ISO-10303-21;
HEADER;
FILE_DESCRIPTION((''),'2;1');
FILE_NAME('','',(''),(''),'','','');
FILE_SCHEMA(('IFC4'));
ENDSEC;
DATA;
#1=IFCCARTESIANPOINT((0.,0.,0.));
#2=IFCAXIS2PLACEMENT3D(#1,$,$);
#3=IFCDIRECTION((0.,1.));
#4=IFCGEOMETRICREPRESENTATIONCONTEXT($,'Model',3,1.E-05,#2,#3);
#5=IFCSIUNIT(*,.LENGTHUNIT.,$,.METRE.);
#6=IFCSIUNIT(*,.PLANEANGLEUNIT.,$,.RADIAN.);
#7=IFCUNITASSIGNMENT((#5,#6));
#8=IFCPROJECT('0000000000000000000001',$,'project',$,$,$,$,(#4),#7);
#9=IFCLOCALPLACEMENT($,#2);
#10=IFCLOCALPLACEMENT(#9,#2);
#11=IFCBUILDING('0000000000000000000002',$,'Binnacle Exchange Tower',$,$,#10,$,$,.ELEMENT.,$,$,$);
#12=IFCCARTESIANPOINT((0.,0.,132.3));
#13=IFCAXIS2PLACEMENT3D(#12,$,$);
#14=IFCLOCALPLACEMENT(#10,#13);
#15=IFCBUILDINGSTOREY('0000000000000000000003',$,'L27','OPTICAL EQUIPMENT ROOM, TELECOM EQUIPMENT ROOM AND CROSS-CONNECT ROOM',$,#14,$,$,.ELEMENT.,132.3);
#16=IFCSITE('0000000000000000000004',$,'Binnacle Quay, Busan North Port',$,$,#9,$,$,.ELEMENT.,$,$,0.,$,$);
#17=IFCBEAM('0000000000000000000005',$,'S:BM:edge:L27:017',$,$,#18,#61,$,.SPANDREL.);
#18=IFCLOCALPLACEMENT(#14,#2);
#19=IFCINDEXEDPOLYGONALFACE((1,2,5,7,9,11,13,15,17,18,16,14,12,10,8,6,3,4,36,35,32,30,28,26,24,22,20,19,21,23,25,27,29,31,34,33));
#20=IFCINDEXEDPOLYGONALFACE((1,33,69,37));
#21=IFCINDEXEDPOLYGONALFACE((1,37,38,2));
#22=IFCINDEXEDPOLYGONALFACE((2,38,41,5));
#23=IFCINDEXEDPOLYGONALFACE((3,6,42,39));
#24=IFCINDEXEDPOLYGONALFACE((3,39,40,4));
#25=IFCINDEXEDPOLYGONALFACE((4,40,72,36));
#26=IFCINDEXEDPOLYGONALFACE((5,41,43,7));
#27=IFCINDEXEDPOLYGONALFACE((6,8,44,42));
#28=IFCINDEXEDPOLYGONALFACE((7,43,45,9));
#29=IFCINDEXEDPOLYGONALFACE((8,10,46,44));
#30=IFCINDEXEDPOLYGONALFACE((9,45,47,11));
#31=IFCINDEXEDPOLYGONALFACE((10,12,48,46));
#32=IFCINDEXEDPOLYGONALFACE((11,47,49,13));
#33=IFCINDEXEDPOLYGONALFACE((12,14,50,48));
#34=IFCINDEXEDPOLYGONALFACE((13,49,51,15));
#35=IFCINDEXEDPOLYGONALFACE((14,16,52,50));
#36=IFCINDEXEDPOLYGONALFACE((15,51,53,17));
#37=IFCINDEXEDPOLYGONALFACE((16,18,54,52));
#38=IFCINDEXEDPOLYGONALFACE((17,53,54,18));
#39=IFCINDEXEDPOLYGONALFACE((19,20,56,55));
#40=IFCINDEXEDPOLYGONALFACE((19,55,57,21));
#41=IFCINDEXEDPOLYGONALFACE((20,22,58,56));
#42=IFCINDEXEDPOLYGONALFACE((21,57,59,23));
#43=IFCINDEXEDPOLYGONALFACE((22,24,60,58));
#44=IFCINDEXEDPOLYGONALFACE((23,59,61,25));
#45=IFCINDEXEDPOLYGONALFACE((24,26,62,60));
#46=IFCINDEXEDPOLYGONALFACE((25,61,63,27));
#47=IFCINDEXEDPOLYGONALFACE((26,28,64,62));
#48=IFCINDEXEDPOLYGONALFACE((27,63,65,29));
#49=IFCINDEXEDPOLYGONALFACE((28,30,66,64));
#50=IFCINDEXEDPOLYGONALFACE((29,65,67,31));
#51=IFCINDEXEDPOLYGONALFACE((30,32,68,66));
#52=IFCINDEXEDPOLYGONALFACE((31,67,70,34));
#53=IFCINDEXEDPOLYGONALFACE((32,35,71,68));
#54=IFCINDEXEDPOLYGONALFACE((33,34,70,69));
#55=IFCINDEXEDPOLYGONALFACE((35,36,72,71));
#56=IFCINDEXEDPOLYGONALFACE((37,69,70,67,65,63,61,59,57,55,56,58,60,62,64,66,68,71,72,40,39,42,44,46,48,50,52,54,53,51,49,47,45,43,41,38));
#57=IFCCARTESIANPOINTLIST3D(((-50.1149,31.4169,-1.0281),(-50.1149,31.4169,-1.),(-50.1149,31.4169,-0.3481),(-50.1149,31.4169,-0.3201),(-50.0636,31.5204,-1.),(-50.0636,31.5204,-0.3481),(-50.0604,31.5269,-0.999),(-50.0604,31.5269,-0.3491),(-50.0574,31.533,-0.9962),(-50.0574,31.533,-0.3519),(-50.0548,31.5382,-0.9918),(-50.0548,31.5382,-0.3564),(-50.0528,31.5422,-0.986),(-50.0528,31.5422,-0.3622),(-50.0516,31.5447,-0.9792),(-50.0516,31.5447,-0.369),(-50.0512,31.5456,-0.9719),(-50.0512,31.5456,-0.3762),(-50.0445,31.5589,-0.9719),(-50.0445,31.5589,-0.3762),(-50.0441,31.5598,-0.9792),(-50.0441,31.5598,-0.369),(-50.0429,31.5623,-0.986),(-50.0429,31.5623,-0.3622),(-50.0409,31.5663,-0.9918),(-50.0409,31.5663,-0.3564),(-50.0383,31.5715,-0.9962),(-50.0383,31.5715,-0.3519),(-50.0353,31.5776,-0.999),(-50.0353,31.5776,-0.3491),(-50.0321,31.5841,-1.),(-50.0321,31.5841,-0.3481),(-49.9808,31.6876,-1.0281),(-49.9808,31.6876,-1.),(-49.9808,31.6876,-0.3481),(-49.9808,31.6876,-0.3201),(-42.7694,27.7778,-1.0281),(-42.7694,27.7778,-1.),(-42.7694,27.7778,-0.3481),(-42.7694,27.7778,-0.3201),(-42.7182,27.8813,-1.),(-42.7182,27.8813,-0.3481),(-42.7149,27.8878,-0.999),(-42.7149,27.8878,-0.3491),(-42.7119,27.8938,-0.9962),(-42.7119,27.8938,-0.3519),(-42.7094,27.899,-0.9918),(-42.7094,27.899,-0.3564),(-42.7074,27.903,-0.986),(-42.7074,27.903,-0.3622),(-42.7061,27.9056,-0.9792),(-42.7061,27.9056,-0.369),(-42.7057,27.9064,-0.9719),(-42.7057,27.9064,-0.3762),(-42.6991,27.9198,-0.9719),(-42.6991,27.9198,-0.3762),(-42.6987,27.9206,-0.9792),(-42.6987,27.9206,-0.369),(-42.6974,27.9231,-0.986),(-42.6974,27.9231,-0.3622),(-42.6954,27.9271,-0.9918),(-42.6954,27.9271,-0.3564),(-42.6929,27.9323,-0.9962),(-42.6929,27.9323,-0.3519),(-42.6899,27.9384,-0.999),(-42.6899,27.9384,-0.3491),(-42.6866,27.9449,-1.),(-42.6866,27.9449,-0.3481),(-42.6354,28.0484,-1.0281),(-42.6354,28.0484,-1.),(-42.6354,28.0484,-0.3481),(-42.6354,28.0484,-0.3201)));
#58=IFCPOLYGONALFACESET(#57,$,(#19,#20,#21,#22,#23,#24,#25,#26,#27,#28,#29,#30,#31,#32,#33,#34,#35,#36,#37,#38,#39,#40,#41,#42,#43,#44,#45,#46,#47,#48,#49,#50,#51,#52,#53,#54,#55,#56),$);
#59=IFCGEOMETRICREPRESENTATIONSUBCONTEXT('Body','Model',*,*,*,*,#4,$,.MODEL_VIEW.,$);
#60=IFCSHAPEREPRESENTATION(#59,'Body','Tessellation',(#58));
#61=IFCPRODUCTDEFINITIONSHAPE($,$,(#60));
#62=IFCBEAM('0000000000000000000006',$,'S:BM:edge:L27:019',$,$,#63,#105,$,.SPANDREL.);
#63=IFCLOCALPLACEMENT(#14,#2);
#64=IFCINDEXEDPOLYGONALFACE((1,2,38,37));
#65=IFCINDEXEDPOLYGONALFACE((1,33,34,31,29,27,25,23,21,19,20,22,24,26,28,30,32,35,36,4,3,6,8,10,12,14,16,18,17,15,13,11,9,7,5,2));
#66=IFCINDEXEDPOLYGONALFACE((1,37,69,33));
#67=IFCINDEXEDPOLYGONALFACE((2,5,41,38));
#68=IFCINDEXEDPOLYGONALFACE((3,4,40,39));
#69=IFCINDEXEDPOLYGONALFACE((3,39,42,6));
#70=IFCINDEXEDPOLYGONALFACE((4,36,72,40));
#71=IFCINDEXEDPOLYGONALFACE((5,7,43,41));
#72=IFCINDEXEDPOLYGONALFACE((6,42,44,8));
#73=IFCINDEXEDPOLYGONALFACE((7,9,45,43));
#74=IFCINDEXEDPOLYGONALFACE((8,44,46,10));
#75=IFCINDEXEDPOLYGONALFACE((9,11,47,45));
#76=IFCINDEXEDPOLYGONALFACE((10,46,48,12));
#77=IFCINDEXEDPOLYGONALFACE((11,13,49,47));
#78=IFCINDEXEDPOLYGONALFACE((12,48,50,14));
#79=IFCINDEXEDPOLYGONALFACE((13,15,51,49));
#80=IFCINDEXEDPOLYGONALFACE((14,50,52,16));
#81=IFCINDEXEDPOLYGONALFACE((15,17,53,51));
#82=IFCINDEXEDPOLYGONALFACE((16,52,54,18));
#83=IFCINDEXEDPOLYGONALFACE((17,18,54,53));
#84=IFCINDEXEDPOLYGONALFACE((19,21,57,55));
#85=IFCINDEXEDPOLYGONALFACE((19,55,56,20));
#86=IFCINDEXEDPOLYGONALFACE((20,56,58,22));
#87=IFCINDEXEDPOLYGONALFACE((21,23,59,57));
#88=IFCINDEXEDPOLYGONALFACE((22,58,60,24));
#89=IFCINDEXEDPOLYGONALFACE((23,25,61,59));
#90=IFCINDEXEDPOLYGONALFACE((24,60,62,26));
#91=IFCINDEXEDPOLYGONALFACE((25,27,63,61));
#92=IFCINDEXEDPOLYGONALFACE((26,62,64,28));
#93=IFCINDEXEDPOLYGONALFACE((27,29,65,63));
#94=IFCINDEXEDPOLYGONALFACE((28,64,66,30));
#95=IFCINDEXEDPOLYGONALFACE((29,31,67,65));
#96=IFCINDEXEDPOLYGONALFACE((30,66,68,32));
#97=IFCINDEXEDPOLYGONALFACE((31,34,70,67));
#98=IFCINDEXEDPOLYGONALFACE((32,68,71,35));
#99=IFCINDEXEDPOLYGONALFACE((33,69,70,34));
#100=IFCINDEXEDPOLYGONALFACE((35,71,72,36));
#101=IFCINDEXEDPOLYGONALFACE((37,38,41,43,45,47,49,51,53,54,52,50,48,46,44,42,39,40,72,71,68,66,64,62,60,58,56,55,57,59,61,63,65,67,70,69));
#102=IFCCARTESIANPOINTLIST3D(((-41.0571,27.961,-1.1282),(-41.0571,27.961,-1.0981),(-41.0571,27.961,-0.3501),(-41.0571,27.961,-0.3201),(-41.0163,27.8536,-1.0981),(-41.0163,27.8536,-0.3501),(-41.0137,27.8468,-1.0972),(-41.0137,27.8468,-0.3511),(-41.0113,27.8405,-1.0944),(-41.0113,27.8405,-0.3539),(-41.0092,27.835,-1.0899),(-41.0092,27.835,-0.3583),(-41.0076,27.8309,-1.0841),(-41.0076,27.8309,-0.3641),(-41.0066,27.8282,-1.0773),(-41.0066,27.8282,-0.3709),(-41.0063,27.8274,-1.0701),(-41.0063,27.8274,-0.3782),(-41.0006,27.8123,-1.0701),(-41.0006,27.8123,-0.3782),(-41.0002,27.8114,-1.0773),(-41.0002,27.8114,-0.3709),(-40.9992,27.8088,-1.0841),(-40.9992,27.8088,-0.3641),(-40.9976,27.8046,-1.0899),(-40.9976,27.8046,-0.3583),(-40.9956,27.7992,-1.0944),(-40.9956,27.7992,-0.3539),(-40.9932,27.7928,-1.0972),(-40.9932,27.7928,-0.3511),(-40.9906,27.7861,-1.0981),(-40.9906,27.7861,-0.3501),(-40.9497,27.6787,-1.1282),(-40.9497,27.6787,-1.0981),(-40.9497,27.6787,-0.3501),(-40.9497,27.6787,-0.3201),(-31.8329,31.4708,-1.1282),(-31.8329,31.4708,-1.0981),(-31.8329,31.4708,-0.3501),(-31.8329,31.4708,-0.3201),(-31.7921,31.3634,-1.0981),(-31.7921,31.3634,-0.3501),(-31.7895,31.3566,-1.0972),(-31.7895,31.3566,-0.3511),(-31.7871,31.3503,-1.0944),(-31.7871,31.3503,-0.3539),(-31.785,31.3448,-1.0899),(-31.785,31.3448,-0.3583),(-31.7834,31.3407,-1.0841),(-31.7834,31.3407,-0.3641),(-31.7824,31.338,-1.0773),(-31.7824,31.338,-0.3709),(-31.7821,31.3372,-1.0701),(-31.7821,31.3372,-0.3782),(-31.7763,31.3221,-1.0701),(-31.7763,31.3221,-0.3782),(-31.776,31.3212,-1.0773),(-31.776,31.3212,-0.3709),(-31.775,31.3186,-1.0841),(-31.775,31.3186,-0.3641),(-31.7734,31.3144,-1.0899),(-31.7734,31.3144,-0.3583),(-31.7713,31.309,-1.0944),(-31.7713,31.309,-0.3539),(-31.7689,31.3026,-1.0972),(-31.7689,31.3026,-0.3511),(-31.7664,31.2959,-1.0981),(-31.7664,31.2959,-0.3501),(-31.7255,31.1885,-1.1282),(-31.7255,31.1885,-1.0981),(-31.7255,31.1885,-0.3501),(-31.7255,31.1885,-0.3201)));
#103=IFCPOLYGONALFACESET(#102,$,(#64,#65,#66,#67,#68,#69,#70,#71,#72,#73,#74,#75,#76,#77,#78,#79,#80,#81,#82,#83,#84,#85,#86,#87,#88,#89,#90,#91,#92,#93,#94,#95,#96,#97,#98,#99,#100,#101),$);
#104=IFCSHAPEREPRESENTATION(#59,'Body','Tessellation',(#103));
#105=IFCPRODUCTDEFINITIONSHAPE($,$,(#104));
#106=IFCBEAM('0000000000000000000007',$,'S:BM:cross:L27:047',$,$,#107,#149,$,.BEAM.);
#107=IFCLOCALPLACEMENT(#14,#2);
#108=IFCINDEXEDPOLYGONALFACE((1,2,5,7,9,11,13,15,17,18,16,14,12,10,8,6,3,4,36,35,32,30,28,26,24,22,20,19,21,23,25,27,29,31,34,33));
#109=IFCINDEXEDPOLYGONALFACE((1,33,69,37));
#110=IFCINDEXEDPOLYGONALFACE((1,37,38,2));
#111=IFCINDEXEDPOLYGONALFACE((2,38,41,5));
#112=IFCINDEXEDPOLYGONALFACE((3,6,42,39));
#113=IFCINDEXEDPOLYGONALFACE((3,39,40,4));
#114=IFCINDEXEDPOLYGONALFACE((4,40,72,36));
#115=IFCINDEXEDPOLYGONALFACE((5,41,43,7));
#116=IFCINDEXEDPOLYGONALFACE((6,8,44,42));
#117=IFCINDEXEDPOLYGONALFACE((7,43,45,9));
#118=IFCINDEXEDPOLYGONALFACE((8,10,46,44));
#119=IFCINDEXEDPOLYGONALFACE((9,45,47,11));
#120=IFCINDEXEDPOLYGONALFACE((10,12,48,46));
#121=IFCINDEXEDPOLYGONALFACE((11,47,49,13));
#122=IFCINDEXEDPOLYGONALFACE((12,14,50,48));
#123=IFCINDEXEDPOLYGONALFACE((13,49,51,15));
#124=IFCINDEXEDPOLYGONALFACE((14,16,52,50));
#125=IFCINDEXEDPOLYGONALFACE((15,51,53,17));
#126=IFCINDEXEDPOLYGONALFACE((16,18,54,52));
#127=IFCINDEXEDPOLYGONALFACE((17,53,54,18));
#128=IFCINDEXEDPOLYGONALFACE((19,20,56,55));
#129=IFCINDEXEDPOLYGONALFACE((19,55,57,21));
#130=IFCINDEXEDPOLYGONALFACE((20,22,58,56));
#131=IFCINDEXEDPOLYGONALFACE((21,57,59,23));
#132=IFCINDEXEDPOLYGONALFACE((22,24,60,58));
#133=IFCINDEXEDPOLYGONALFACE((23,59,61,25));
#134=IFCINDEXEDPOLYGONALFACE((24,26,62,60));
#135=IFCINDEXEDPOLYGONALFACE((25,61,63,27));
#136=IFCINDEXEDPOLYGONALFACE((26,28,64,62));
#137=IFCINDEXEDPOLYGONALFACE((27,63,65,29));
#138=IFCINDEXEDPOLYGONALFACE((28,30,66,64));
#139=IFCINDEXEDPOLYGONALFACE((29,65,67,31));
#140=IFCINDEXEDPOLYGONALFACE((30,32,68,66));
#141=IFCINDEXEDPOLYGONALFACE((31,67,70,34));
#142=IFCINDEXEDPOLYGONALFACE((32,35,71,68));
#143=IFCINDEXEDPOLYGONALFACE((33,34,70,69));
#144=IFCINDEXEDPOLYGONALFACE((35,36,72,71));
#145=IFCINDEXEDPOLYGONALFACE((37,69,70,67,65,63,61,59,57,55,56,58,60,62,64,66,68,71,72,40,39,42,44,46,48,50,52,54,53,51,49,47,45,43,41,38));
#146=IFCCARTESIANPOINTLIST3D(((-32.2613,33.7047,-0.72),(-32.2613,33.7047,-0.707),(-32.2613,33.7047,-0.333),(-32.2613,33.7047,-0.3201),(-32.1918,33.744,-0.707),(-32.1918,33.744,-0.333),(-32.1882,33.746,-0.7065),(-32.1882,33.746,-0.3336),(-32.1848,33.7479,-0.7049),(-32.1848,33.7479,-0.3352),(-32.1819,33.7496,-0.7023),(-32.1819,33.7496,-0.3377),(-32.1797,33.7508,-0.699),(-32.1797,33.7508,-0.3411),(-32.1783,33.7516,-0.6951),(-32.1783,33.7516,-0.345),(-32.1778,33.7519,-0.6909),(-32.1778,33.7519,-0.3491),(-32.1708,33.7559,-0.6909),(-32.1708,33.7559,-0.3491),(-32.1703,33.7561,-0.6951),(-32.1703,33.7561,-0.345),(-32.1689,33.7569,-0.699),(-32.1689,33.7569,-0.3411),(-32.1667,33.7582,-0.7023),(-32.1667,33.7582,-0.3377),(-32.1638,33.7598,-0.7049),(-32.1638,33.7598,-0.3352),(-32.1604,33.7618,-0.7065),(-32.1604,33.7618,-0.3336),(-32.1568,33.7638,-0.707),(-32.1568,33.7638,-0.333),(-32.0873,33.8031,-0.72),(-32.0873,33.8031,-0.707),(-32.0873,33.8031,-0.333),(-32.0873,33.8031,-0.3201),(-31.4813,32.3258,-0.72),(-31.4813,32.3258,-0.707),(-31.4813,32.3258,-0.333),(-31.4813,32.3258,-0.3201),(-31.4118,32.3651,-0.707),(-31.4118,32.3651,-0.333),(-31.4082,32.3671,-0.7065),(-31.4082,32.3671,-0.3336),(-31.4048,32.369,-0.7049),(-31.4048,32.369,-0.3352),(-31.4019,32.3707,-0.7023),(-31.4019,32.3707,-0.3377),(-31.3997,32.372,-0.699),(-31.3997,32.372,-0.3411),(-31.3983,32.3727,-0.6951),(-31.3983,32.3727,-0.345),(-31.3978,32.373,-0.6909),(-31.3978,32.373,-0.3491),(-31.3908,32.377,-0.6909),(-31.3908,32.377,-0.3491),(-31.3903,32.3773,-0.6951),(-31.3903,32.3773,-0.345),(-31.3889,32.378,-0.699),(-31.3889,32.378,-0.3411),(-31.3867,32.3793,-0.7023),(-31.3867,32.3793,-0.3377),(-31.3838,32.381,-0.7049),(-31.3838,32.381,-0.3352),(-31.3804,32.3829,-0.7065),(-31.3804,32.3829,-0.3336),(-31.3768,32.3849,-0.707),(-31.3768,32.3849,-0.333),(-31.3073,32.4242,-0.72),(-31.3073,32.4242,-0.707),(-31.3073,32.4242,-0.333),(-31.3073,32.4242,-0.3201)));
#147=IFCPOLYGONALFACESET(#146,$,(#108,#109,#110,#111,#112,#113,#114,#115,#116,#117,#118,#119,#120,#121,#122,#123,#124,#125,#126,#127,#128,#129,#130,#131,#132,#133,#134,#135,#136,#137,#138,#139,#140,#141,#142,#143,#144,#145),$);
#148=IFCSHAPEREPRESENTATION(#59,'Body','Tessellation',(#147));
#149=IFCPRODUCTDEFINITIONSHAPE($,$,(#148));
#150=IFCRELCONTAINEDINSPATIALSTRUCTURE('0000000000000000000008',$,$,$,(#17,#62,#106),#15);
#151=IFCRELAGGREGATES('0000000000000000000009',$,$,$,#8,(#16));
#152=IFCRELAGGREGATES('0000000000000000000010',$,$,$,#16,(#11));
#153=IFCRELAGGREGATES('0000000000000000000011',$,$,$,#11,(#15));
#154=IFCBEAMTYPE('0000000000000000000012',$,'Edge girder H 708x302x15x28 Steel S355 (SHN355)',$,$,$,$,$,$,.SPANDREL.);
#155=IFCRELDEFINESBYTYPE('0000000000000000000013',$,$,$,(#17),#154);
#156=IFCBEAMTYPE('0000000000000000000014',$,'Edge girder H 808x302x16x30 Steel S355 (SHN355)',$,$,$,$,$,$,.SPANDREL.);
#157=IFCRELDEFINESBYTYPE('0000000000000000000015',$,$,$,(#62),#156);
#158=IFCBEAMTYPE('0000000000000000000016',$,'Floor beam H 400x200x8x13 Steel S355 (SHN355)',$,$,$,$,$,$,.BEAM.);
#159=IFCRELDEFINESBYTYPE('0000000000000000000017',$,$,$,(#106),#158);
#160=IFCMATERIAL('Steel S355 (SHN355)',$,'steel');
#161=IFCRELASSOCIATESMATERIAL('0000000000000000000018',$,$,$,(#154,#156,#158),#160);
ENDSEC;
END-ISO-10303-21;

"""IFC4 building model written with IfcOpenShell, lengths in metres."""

from ifc_helpers import new_model, si_unit, direction, frame, origin, origin_2d, place, context, subcontext, project, spatial, i_section, extrude, material, material_profile, profile_set, type_object, element, save


model = new_model("IFC4")

# Units and contexts
model_context = context("Model", 3, precision=1e-05, world=origin(), true_north=direction((0.0, 1.0)))
body_context = subcontext(model_context, "Body", "Model", "MODEL_VIEW")
ifc_project = project(units=[si_unit("LENGTHUNIT", "METRE"), si_unit("PLANEANGLEUNIT", "RADIAN")], contexts=[model_context])

# Site, building, storey
site_placement = place(None, origin())
site = spatial("IfcSite", under=ifc_project, at=site_placement, Name="Binnacle Quay, Busan North Port", CompositionType="ELEMENT", RefElevation=0.0)
building_placement = place(site_placement, origin())
building = spatial("IfcBuilding", under=site, at=building_placement, Name="Binnacle Exchange Tower", CompositionType="ELEMENT")
storey_placement = place(building_placement, frame((0.0, 0.0, 132.3)))
storey = spatial("IfcBuildingStorey", under=building, at=storey_placement, Name="L27", Description="OPTICAL EQUIPMENT ROOM, TELECOM EQUIPMENT ROOM AND CROSS-CONNECT ROOM", CompositionType="ELEMENT", Elevation=132.3)

# Beams
ifc_material_1 = material(Name="Steel S355 (SHN355)", Category="steel")
ifc_material_profile_1 = material_profile(ifc_material_1, i_section(OverallWidth=0.302, OverallDepth=0.708, WebThickness=0.0149, FlangeThickness=0.0281, FilletRadius=0.0281, at=origin_2d()), Name="H 708x302x15x28")
ifc_profile_set_1 = profile_set([ifc_material_profile_1], Name="Steel S355 (SHN355)")
beam_type_1 = type_object("IfcBeamType", Name="Edge girder H 708x302x15x28 Steel S355 (SHN355)", PredefinedType="SPANDREL", material=ifc_profile_set_1)
beam_1_placement = place(storey_placement, frame((-50.0479, 31.5522, -0.6741), z_axis=(0.896059, -0.443935, 0.0), x_axis=(0.443935, 0.896059, 0.0)))
element("IfcBeam", 1, at=beam_1_placement, inside=storey, type_object=beam_type_1, Name="S:BM:edge:L27:017", PredefinedType="SPANDREL", context=body_context, shape_type="SweptSolid", body=[
    extrude(i_section(OverallWidth=0.302, OverallDepth=0.708, WebThickness=0.0149, FlangeThickness=0.0281, FilletRadius=0.0281, at=origin_2d()), origin(), (0.0, 0.0, 1.0), 8.1975),
])
ifc_material_profile_2 = material_profile(ifc_material_1, i_section(OverallWidth=0.302, OverallDepth=0.8081, WebThickness=0.0161, FlangeThickness=0.03, FilletRadius=0.0281, at=origin_2d()), Name="H 808x302x16x30")
ifc_profile_set_2 = profile_set([ifc_material_profile_2], Name="Steel S355 (SHN355)")
beam_type_2 = type_object("IfcBeamType", Name="Edge girder H 808x302x16x30 Steel S355 (SHN355)", PredefinedType="SPANDREL", material=ifc_profile_set_2)
beam_2_placement = place(storey_placement, frame((-41.0034, 27.8198, -0.7241), z_axis=(0.934629, 0.355625, 0.0), x_axis=(-0.355625, 0.934629, 0.0)))
element("IfcBeam", 2, at=beam_2_placement, inside=storey, type_object=beam_type_2, Name="S:BM:edge:L27:019", PredefinedType="SPANDREL", context=body_context, shape_type="SweptSolid", body=[
    extrude(i_section(OverallWidth=0.302, OverallDepth=0.8081, WebThickness=0.0161, FlangeThickness=0.03, FilletRadius=0.0281, at=origin_2d()), origin(), (0.0, 0.0, 1.0), 9.8694),
])
ifc_material_profile_3 = material_profile(ifc_material_1, i_section(OverallWidth=0.2, OverallDepth=0.3999, WebThickness=0.0081, FlangeThickness=0.0129, FilletRadius=0.0161, at=origin_2d()), Name="H 400x200x8x13")
ifc_profile_set_3 = profile_set([ifc_material_profile_3], Name="Steel S355 (SHN355)")
beam_type_3 = type_object("IfcBeamType", Name="Floor beam H 400x200x8x13 Steel S355 (SHN355)", PredefinedType="BEAM", material=ifc_profile_set_3)
beam_3_placement = place(storey_placement, frame((-31.3943, 32.375, -0.52), z_axis=(-0.492367, 0.870388, 0.0), x_axis=(-0.870388, -0.492367, 0.0)))
element("IfcBeam", 3, at=beam_3_placement, inside=storey, type_object=beam_type_3, Name="S:BM:cross:L27:047", PredefinedType="BEAM", context=body_context, shape_type="SweptSolid", body=[
    extrude(i_section(OverallWidth=0.2, OverallDepth=0.3999, WebThickness=0.0081, FlangeThickness=0.0129, FilletRadius=0.0161, at=origin_2d()), origin(), (0.0, 0.0, 1.0), 1.5842),
])

save(model, "model.ifc")
